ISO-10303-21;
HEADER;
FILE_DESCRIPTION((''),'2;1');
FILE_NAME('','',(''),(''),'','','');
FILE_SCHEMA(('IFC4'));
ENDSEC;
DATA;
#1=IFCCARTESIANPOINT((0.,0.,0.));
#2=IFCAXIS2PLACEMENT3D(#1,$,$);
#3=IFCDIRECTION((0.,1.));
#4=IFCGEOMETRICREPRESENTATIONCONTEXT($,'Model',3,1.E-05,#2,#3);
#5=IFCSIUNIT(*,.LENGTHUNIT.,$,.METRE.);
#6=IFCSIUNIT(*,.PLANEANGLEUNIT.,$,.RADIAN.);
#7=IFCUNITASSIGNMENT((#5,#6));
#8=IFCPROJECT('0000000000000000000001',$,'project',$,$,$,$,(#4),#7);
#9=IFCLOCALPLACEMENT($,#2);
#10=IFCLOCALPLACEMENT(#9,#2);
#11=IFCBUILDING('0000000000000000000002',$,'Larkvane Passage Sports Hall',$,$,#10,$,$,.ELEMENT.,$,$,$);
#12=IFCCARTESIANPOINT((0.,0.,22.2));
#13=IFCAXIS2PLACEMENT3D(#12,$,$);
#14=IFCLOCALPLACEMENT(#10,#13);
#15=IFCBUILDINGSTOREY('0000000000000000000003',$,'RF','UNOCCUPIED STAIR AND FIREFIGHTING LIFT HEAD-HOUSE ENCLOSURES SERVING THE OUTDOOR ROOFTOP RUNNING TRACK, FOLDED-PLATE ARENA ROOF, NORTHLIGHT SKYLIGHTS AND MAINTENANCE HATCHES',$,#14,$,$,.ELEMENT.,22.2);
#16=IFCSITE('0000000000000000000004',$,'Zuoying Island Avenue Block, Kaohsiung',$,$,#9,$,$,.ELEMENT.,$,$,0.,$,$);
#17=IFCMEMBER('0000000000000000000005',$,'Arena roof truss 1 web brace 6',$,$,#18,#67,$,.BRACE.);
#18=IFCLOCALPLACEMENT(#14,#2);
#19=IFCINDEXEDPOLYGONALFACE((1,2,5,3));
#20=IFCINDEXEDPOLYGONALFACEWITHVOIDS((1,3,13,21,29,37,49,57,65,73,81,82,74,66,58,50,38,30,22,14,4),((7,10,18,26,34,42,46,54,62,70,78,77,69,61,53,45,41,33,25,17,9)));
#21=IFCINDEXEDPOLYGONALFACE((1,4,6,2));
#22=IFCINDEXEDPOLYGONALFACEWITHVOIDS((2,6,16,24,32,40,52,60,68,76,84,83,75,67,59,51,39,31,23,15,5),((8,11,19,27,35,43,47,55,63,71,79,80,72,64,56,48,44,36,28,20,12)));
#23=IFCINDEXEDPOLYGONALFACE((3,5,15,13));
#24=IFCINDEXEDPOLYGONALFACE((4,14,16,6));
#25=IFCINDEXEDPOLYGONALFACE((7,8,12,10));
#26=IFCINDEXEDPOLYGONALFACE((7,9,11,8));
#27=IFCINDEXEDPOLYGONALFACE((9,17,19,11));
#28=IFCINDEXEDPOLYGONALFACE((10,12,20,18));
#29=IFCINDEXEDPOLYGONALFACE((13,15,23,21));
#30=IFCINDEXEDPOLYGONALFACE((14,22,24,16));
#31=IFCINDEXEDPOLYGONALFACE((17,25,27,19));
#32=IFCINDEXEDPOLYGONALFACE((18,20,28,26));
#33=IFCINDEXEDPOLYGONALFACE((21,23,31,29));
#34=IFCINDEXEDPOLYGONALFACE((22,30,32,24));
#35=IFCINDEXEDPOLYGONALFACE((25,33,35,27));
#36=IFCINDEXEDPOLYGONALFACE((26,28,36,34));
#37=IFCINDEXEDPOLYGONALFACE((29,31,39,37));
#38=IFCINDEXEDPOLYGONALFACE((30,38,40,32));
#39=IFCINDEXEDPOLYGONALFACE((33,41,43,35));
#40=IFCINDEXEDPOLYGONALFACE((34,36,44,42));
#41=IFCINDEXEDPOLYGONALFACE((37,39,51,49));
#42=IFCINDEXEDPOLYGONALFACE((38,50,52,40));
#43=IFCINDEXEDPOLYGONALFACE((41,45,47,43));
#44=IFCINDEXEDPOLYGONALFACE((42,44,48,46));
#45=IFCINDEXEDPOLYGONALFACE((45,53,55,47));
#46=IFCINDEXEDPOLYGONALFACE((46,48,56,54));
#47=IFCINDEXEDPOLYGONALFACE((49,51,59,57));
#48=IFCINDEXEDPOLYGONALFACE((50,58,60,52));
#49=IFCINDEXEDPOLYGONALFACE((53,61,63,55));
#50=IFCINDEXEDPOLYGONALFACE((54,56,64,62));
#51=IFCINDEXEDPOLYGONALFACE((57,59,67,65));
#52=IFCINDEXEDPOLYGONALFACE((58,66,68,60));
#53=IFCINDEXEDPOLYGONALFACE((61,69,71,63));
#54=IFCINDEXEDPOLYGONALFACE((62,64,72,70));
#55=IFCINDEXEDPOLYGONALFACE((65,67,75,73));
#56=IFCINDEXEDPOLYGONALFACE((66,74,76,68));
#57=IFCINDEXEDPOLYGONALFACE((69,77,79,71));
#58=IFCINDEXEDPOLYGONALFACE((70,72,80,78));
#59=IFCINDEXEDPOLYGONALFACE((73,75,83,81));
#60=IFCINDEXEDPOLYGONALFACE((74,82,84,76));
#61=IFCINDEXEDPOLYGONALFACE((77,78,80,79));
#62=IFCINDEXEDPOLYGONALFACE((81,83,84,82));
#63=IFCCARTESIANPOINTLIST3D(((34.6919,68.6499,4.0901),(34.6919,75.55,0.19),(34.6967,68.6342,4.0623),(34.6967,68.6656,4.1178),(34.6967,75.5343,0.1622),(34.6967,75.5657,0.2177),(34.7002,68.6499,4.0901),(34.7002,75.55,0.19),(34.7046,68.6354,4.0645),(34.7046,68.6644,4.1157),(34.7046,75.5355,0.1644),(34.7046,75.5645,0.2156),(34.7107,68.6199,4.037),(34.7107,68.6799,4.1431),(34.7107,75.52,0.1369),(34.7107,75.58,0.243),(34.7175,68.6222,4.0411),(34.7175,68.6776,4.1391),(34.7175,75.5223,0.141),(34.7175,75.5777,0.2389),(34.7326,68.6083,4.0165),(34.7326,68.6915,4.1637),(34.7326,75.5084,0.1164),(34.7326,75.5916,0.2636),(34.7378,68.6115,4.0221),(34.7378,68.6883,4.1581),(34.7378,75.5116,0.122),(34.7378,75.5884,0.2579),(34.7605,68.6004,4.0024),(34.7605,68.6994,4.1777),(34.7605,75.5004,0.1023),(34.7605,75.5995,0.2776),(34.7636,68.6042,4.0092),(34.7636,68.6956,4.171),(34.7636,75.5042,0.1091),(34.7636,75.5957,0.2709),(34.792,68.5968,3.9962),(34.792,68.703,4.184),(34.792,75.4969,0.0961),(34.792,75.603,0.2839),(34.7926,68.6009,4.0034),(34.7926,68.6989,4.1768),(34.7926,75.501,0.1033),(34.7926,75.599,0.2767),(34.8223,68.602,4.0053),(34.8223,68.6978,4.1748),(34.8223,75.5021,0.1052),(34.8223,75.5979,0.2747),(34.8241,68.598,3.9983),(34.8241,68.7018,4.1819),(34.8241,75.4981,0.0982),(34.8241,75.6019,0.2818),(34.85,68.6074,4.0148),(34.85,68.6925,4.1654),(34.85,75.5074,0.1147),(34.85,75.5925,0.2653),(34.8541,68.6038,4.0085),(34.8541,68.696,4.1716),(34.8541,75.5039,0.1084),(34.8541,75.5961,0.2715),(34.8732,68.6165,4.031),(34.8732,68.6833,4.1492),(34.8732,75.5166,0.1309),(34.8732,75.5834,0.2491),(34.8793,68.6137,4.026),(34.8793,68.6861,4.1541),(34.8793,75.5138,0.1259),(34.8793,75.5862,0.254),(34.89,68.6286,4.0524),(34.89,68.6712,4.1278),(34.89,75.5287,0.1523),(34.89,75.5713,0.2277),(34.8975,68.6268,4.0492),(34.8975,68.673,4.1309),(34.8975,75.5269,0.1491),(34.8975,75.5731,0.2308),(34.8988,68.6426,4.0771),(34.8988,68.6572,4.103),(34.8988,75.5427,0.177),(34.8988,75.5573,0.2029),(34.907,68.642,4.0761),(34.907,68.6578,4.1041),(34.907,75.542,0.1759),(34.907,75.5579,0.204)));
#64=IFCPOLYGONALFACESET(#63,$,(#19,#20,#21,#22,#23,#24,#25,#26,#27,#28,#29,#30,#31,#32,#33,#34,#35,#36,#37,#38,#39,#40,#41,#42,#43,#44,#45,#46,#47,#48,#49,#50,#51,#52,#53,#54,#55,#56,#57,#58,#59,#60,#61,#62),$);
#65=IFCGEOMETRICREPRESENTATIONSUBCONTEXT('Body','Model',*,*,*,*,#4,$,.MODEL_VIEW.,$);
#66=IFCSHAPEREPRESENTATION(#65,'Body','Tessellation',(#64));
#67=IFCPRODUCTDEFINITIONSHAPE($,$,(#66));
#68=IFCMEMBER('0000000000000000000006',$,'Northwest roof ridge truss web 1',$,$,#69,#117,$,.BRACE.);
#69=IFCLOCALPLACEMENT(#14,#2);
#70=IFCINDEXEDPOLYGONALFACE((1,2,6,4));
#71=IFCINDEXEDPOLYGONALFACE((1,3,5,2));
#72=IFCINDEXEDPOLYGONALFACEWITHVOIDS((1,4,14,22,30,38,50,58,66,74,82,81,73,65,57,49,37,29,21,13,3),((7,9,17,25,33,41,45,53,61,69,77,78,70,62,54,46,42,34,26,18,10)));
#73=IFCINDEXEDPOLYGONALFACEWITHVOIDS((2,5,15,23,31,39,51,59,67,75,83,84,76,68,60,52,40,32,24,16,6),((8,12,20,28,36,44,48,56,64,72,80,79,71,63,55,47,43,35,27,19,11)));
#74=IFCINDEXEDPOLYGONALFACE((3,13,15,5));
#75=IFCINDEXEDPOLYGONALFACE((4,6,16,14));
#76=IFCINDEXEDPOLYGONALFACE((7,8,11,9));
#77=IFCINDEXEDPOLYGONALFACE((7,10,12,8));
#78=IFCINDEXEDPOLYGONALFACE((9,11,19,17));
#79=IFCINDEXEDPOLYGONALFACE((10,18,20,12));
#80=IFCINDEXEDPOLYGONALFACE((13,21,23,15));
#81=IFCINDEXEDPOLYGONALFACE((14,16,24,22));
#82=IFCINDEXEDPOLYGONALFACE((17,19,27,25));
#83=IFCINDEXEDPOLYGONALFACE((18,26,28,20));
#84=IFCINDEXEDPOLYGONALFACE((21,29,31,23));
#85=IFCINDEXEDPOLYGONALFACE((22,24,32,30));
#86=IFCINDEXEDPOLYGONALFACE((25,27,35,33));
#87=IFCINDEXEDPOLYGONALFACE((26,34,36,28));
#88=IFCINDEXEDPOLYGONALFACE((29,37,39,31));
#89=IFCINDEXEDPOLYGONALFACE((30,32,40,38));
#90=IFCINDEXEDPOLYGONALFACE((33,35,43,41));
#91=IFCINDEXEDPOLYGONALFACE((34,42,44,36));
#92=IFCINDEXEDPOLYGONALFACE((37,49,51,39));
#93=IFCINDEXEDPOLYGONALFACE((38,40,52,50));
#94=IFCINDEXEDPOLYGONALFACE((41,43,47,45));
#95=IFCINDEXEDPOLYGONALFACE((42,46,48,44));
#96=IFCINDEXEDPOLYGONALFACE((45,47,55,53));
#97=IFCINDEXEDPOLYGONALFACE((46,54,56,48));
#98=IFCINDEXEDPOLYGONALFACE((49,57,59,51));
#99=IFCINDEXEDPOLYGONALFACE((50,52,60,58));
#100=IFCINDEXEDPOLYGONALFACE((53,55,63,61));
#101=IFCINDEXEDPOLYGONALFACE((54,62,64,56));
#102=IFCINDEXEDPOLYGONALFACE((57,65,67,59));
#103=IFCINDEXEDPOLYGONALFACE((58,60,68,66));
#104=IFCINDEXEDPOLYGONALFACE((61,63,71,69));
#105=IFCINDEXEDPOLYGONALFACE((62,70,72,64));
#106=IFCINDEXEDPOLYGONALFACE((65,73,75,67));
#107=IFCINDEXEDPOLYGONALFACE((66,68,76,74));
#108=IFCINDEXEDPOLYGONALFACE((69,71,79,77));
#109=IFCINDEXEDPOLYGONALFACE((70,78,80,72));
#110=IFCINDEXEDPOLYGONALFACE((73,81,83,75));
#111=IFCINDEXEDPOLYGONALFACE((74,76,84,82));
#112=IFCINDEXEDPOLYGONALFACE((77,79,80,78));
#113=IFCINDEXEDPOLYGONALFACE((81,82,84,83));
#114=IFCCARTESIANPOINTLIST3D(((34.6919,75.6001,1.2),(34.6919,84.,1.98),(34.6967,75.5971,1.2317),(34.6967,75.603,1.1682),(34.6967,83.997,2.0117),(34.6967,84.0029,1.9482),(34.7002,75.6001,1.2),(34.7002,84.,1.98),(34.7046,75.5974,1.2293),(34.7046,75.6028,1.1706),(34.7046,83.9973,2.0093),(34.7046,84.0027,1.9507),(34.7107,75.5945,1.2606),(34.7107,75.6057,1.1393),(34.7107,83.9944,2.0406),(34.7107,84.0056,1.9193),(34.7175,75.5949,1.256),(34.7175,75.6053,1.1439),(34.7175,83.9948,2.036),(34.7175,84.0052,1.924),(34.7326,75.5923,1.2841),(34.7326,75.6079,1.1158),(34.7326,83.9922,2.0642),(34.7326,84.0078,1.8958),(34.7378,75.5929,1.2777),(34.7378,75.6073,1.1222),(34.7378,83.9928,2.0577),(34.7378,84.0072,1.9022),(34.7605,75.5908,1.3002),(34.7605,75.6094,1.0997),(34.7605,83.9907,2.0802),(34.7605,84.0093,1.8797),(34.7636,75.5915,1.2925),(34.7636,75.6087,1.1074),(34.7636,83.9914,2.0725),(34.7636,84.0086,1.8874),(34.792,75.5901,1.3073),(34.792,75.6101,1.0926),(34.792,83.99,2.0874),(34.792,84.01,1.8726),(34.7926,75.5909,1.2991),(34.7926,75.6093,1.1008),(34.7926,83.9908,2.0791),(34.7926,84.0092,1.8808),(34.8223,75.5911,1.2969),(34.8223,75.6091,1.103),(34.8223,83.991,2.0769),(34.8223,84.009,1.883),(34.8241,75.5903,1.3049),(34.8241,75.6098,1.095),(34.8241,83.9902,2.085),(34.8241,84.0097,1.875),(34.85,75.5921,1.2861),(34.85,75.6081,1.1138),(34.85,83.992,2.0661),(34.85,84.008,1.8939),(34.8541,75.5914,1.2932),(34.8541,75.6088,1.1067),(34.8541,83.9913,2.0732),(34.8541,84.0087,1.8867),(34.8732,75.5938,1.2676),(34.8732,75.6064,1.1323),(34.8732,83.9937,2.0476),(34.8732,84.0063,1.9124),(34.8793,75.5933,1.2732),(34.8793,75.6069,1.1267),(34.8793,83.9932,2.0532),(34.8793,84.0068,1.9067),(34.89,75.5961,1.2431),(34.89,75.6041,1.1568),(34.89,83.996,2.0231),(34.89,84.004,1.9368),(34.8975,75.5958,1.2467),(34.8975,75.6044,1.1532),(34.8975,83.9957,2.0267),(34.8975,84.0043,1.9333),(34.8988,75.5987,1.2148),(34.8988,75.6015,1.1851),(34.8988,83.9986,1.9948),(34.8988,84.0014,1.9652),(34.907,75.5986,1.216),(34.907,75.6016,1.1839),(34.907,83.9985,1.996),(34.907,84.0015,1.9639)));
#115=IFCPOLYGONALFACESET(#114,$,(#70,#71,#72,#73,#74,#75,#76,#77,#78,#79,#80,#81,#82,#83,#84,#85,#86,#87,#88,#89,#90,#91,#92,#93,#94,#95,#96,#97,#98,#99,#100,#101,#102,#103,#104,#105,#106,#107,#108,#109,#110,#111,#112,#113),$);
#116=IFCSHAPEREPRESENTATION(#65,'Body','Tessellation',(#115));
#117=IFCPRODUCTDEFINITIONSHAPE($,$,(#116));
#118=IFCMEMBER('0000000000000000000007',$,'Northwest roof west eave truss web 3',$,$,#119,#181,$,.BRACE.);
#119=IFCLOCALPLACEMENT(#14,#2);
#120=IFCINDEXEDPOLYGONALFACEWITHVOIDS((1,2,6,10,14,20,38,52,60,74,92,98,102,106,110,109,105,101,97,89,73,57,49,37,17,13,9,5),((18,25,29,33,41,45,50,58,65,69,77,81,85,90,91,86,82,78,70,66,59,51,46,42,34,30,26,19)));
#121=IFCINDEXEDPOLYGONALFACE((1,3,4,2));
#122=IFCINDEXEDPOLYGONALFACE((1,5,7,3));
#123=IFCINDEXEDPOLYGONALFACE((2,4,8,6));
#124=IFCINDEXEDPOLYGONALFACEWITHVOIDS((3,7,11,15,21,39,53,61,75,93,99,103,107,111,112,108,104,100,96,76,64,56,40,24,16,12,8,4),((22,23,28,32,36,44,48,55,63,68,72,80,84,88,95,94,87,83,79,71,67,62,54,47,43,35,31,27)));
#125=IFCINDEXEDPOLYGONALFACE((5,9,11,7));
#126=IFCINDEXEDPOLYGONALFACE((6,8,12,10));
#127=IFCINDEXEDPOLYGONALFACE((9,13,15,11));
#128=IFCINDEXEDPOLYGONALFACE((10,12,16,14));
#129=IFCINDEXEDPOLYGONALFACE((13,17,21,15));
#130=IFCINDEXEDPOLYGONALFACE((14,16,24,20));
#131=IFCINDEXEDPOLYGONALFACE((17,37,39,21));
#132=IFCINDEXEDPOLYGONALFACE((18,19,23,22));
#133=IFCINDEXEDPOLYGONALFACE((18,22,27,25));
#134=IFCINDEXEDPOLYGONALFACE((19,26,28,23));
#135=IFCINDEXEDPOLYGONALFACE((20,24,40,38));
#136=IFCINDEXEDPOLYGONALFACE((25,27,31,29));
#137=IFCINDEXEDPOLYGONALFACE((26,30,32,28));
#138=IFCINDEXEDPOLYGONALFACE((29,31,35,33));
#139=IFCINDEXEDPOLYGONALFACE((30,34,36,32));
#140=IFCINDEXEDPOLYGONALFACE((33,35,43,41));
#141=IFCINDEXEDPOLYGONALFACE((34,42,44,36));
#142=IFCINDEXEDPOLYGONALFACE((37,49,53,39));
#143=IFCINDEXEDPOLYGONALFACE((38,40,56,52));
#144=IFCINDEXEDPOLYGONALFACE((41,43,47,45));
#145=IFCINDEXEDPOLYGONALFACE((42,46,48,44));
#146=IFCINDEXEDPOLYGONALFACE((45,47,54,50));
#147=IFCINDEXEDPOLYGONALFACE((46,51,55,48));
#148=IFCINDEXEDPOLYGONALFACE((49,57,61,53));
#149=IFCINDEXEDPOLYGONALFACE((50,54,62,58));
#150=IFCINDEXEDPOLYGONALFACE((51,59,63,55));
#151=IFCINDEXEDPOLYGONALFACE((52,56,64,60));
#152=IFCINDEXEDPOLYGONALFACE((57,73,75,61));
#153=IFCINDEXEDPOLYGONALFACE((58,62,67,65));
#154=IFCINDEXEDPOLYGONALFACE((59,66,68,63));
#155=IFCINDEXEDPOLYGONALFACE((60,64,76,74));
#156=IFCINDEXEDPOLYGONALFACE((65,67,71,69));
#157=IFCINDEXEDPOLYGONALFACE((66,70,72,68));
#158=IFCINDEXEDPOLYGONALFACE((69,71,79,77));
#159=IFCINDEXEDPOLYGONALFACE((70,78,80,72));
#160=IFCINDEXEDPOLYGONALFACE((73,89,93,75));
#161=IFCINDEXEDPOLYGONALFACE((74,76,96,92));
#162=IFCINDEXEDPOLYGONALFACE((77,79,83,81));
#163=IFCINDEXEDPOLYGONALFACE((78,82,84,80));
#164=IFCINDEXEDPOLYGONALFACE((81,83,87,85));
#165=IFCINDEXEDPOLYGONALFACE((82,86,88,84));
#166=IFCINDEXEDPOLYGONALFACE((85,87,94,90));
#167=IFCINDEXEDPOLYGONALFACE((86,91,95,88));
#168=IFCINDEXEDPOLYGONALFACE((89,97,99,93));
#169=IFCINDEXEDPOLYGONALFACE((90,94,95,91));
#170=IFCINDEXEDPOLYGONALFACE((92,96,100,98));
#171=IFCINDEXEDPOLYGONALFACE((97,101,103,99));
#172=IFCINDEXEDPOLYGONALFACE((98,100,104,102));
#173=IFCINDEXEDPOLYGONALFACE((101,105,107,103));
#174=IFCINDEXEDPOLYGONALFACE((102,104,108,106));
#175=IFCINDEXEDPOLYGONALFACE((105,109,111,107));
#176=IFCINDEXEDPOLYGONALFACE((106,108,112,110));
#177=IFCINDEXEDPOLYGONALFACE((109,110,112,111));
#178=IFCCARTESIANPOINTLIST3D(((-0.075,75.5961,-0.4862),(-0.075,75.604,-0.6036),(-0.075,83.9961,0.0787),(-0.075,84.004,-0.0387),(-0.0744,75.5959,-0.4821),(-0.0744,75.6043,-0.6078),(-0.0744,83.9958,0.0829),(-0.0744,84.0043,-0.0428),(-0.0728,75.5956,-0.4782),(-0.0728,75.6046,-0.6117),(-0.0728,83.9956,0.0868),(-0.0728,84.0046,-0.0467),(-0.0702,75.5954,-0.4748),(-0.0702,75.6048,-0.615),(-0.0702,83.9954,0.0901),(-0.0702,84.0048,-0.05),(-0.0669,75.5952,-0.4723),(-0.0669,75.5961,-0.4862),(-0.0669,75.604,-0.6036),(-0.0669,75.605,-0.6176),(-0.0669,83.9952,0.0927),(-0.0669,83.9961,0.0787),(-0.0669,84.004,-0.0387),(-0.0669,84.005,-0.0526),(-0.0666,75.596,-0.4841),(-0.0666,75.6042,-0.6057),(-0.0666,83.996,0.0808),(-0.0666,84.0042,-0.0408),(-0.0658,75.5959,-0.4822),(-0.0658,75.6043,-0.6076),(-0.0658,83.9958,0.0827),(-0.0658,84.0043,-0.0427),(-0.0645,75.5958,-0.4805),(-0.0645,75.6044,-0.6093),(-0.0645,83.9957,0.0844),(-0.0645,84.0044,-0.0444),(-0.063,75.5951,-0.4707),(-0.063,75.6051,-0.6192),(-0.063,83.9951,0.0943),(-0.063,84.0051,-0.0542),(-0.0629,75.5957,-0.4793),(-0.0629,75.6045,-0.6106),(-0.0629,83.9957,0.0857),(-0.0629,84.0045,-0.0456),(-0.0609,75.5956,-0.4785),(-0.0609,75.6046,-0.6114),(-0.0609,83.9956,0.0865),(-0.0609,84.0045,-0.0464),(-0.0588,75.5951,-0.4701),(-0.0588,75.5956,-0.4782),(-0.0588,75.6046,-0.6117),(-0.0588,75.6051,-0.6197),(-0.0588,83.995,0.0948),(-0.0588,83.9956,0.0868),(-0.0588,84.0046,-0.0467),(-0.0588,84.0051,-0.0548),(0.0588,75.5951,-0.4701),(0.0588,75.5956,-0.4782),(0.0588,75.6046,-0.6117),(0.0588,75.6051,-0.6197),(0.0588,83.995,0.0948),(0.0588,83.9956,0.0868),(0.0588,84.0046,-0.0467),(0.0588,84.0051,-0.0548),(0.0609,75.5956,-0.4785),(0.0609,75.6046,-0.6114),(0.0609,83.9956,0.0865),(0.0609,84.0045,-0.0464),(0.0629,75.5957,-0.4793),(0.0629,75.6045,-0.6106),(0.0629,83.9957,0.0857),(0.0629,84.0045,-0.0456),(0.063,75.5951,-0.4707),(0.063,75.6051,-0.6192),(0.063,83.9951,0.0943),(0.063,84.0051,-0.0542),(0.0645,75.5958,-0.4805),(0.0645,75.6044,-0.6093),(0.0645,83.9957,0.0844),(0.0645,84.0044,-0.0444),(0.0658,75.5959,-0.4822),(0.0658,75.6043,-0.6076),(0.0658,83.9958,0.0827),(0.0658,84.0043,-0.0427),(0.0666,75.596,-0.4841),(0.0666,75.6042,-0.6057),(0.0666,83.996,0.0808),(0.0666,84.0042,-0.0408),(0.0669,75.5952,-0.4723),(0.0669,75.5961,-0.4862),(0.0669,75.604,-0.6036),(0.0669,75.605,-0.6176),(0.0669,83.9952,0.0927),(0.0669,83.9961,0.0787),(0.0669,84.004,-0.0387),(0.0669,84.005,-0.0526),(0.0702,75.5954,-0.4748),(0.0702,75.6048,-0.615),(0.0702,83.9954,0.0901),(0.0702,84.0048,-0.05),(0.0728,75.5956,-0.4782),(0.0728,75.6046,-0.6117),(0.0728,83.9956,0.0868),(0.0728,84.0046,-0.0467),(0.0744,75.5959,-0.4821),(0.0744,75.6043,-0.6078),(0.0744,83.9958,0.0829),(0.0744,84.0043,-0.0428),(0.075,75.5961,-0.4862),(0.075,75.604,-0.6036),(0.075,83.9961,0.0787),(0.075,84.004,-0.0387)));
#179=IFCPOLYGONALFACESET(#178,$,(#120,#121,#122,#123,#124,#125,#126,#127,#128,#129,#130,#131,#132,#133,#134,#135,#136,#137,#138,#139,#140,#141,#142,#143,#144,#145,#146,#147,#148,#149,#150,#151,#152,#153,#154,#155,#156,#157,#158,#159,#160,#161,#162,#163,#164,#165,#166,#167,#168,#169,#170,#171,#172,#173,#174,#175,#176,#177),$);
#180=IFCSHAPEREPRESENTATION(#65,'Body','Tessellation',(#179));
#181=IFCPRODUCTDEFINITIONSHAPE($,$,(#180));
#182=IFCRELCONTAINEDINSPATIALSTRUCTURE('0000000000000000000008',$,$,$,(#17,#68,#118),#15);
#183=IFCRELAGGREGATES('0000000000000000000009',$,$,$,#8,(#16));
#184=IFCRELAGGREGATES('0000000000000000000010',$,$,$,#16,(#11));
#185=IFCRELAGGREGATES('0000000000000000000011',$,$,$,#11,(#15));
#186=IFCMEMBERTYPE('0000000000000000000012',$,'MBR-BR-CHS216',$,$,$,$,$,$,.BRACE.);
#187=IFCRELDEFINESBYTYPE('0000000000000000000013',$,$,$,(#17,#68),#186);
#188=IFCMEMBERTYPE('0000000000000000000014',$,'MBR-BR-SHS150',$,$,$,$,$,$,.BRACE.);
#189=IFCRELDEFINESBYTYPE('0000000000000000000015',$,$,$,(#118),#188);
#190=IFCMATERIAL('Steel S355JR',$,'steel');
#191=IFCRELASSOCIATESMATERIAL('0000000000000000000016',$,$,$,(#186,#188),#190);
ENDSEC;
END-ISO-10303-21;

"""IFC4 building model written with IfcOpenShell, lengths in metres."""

from ifc_helpers import new_model, si_unit, direction, frame, origin, origin_2d, place, context, subcontext, project, spatial, hollow_rectangle, hollow_circle, extrude, material, material_profile, profile_set, type_object, element, save


model = new_model("IFC4")

# Units and contexts
model_context = context("Model", 3, precision=1e-05, world=origin(), true_north=direction((0.0, 1.0)))
body_context = subcontext(model_context, "Body", "Model", "MODEL_VIEW")
ifc_project = project(units=[si_unit("LENGTHUNIT", "METRE"), si_unit("PLANEANGLEUNIT", "RADIAN")], contexts=[model_context])

# Site, building, storey
site_placement = place(None, origin())
site = spatial("IfcSite", under=ifc_project, at=site_placement, Name="Zuoying Island Avenue Block, Kaohsiung", CompositionType="ELEMENT", RefElevation=0.0)
building_placement = place(site_placement, origin())
building = spatial("IfcBuilding", under=site, at=building_placement, Name="Larkvane Passage Sports Hall", CompositionType="ELEMENT")
storey_placement = place(building_placement, frame((0.0, 0.0, 22.2)))
storey = spatial("IfcBuildingStorey", under=building, at=storey_placement, Name="RF", Description="UNOCCUPIED STAIR AND FIREFIGHTING LIFT HEAD-HOUSE ENCLOSURES SERVING THE OUTDOOR ROOFTOP RUNNING TRACK, FOLDED-PLATE ARENA ROOF, NORTHLIGHT SKYLIGHTS AND MAINTENANCE HATCHES", CompositionType="ELEMENT", Elevation=22.2)

# Shared definitions
ifc_material_1 = material(Name="Steel S355JR", Category="steel")

# Members
ifc_material_profile_1 = material_profile(ifc_material_1, hollow_circle(Radius=0.1082, WallThickness=0.0083, at=origin_2d()), Name="CHS-216.3x8.2")
ifc_profile_set_1 = profile_set([ifc_material_profile_1], Name="Steel S355JR")
member_type_1 = type_object("IfcMemberType", Name="MBR-BR-CHS216", PredefinedType="BRACE", material=ifc_profile_set_1)
member_1_placement = place(storey_placement, frame((34.8, 68.6499, 4.0901), z_axis=(0.0, 0.870559, -0.492063), x_axis=(-1.0, 0.0, 0.0)))
element("IfcMember", 1, at=member_1_placement, inside=storey, type_object=member_type_1, Name="Arena roof truss 1 web brace 6", PredefinedType="BRACE", context=body_context, shape_type="SweptSolid", body=[
    extrude(hollow_circle(Radius=0.1082, WallThickness=0.0083, at=origin_2d()), origin(), (0.0, 0.0, 1.0), 7.926),
])
member_2_placement = place(storey_placement, frame((34.8, 75.6001, 1.2), z_axis=(0.0, 0.995716, 0.092464), x_axis=(-1.0, 0.0, 0.0)))
element("IfcMember", 2, at=member_2_placement, inside=storey, type_object=member_type_1, Name="Northwest roof ridge truss web 1", PredefinedType="BRACE", context=body_context, shape_type="SweptSolid", body=[
    extrude(hollow_circle(Radius=0.1082, WallThickness=0.0083, at=origin_2d()), origin(), (0.0, 0.0, 1.0), 8.436),
])
ifc_material_profile_2 = material_profile(ifc_material_1, hollow_rectangle(XDim=0.1499, YDim=0.1499, WallThickness=0.0081, InnerFilletRadius=0.0081, OuterFilletRadius=0.0161, at=origin_2d()), Name="SHS-150x150x8")
ifc_profile_set_2 = profile_set([ifc_material_profile_2], Name="Steel S355JR")
member_type_2 = type_object("IfcMemberType", Name="MBR-BR-SHS150", PredefinedType="BRACE", material=ifc_profile_set_2)
member_3_placement = place(storey_placement, frame((0.0, 75.6001, -0.5449), z_axis=(0.0, 0.997746, 0.067104), x_axis=(-1.0, 0.0, 0.0)))
element("IfcMember", 3, at=member_3_placement, inside=storey, type_object=member_type_2, Name="Northwest roof west eave truss web 3", PredefinedType="BRACE", context=body_context, shape_type="SweptSolid", body=[
    extrude(hollow_rectangle(XDim=0.1499, YDim=0.1499, WallThickness=0.0081, InnerFilletRadius=0.0081, OuterFilletRadius=0.0161, at=origin_2d()), origin(), (0.0, 0.0, 1.0), 8.4189),
])

save(model, "model.ifc")
